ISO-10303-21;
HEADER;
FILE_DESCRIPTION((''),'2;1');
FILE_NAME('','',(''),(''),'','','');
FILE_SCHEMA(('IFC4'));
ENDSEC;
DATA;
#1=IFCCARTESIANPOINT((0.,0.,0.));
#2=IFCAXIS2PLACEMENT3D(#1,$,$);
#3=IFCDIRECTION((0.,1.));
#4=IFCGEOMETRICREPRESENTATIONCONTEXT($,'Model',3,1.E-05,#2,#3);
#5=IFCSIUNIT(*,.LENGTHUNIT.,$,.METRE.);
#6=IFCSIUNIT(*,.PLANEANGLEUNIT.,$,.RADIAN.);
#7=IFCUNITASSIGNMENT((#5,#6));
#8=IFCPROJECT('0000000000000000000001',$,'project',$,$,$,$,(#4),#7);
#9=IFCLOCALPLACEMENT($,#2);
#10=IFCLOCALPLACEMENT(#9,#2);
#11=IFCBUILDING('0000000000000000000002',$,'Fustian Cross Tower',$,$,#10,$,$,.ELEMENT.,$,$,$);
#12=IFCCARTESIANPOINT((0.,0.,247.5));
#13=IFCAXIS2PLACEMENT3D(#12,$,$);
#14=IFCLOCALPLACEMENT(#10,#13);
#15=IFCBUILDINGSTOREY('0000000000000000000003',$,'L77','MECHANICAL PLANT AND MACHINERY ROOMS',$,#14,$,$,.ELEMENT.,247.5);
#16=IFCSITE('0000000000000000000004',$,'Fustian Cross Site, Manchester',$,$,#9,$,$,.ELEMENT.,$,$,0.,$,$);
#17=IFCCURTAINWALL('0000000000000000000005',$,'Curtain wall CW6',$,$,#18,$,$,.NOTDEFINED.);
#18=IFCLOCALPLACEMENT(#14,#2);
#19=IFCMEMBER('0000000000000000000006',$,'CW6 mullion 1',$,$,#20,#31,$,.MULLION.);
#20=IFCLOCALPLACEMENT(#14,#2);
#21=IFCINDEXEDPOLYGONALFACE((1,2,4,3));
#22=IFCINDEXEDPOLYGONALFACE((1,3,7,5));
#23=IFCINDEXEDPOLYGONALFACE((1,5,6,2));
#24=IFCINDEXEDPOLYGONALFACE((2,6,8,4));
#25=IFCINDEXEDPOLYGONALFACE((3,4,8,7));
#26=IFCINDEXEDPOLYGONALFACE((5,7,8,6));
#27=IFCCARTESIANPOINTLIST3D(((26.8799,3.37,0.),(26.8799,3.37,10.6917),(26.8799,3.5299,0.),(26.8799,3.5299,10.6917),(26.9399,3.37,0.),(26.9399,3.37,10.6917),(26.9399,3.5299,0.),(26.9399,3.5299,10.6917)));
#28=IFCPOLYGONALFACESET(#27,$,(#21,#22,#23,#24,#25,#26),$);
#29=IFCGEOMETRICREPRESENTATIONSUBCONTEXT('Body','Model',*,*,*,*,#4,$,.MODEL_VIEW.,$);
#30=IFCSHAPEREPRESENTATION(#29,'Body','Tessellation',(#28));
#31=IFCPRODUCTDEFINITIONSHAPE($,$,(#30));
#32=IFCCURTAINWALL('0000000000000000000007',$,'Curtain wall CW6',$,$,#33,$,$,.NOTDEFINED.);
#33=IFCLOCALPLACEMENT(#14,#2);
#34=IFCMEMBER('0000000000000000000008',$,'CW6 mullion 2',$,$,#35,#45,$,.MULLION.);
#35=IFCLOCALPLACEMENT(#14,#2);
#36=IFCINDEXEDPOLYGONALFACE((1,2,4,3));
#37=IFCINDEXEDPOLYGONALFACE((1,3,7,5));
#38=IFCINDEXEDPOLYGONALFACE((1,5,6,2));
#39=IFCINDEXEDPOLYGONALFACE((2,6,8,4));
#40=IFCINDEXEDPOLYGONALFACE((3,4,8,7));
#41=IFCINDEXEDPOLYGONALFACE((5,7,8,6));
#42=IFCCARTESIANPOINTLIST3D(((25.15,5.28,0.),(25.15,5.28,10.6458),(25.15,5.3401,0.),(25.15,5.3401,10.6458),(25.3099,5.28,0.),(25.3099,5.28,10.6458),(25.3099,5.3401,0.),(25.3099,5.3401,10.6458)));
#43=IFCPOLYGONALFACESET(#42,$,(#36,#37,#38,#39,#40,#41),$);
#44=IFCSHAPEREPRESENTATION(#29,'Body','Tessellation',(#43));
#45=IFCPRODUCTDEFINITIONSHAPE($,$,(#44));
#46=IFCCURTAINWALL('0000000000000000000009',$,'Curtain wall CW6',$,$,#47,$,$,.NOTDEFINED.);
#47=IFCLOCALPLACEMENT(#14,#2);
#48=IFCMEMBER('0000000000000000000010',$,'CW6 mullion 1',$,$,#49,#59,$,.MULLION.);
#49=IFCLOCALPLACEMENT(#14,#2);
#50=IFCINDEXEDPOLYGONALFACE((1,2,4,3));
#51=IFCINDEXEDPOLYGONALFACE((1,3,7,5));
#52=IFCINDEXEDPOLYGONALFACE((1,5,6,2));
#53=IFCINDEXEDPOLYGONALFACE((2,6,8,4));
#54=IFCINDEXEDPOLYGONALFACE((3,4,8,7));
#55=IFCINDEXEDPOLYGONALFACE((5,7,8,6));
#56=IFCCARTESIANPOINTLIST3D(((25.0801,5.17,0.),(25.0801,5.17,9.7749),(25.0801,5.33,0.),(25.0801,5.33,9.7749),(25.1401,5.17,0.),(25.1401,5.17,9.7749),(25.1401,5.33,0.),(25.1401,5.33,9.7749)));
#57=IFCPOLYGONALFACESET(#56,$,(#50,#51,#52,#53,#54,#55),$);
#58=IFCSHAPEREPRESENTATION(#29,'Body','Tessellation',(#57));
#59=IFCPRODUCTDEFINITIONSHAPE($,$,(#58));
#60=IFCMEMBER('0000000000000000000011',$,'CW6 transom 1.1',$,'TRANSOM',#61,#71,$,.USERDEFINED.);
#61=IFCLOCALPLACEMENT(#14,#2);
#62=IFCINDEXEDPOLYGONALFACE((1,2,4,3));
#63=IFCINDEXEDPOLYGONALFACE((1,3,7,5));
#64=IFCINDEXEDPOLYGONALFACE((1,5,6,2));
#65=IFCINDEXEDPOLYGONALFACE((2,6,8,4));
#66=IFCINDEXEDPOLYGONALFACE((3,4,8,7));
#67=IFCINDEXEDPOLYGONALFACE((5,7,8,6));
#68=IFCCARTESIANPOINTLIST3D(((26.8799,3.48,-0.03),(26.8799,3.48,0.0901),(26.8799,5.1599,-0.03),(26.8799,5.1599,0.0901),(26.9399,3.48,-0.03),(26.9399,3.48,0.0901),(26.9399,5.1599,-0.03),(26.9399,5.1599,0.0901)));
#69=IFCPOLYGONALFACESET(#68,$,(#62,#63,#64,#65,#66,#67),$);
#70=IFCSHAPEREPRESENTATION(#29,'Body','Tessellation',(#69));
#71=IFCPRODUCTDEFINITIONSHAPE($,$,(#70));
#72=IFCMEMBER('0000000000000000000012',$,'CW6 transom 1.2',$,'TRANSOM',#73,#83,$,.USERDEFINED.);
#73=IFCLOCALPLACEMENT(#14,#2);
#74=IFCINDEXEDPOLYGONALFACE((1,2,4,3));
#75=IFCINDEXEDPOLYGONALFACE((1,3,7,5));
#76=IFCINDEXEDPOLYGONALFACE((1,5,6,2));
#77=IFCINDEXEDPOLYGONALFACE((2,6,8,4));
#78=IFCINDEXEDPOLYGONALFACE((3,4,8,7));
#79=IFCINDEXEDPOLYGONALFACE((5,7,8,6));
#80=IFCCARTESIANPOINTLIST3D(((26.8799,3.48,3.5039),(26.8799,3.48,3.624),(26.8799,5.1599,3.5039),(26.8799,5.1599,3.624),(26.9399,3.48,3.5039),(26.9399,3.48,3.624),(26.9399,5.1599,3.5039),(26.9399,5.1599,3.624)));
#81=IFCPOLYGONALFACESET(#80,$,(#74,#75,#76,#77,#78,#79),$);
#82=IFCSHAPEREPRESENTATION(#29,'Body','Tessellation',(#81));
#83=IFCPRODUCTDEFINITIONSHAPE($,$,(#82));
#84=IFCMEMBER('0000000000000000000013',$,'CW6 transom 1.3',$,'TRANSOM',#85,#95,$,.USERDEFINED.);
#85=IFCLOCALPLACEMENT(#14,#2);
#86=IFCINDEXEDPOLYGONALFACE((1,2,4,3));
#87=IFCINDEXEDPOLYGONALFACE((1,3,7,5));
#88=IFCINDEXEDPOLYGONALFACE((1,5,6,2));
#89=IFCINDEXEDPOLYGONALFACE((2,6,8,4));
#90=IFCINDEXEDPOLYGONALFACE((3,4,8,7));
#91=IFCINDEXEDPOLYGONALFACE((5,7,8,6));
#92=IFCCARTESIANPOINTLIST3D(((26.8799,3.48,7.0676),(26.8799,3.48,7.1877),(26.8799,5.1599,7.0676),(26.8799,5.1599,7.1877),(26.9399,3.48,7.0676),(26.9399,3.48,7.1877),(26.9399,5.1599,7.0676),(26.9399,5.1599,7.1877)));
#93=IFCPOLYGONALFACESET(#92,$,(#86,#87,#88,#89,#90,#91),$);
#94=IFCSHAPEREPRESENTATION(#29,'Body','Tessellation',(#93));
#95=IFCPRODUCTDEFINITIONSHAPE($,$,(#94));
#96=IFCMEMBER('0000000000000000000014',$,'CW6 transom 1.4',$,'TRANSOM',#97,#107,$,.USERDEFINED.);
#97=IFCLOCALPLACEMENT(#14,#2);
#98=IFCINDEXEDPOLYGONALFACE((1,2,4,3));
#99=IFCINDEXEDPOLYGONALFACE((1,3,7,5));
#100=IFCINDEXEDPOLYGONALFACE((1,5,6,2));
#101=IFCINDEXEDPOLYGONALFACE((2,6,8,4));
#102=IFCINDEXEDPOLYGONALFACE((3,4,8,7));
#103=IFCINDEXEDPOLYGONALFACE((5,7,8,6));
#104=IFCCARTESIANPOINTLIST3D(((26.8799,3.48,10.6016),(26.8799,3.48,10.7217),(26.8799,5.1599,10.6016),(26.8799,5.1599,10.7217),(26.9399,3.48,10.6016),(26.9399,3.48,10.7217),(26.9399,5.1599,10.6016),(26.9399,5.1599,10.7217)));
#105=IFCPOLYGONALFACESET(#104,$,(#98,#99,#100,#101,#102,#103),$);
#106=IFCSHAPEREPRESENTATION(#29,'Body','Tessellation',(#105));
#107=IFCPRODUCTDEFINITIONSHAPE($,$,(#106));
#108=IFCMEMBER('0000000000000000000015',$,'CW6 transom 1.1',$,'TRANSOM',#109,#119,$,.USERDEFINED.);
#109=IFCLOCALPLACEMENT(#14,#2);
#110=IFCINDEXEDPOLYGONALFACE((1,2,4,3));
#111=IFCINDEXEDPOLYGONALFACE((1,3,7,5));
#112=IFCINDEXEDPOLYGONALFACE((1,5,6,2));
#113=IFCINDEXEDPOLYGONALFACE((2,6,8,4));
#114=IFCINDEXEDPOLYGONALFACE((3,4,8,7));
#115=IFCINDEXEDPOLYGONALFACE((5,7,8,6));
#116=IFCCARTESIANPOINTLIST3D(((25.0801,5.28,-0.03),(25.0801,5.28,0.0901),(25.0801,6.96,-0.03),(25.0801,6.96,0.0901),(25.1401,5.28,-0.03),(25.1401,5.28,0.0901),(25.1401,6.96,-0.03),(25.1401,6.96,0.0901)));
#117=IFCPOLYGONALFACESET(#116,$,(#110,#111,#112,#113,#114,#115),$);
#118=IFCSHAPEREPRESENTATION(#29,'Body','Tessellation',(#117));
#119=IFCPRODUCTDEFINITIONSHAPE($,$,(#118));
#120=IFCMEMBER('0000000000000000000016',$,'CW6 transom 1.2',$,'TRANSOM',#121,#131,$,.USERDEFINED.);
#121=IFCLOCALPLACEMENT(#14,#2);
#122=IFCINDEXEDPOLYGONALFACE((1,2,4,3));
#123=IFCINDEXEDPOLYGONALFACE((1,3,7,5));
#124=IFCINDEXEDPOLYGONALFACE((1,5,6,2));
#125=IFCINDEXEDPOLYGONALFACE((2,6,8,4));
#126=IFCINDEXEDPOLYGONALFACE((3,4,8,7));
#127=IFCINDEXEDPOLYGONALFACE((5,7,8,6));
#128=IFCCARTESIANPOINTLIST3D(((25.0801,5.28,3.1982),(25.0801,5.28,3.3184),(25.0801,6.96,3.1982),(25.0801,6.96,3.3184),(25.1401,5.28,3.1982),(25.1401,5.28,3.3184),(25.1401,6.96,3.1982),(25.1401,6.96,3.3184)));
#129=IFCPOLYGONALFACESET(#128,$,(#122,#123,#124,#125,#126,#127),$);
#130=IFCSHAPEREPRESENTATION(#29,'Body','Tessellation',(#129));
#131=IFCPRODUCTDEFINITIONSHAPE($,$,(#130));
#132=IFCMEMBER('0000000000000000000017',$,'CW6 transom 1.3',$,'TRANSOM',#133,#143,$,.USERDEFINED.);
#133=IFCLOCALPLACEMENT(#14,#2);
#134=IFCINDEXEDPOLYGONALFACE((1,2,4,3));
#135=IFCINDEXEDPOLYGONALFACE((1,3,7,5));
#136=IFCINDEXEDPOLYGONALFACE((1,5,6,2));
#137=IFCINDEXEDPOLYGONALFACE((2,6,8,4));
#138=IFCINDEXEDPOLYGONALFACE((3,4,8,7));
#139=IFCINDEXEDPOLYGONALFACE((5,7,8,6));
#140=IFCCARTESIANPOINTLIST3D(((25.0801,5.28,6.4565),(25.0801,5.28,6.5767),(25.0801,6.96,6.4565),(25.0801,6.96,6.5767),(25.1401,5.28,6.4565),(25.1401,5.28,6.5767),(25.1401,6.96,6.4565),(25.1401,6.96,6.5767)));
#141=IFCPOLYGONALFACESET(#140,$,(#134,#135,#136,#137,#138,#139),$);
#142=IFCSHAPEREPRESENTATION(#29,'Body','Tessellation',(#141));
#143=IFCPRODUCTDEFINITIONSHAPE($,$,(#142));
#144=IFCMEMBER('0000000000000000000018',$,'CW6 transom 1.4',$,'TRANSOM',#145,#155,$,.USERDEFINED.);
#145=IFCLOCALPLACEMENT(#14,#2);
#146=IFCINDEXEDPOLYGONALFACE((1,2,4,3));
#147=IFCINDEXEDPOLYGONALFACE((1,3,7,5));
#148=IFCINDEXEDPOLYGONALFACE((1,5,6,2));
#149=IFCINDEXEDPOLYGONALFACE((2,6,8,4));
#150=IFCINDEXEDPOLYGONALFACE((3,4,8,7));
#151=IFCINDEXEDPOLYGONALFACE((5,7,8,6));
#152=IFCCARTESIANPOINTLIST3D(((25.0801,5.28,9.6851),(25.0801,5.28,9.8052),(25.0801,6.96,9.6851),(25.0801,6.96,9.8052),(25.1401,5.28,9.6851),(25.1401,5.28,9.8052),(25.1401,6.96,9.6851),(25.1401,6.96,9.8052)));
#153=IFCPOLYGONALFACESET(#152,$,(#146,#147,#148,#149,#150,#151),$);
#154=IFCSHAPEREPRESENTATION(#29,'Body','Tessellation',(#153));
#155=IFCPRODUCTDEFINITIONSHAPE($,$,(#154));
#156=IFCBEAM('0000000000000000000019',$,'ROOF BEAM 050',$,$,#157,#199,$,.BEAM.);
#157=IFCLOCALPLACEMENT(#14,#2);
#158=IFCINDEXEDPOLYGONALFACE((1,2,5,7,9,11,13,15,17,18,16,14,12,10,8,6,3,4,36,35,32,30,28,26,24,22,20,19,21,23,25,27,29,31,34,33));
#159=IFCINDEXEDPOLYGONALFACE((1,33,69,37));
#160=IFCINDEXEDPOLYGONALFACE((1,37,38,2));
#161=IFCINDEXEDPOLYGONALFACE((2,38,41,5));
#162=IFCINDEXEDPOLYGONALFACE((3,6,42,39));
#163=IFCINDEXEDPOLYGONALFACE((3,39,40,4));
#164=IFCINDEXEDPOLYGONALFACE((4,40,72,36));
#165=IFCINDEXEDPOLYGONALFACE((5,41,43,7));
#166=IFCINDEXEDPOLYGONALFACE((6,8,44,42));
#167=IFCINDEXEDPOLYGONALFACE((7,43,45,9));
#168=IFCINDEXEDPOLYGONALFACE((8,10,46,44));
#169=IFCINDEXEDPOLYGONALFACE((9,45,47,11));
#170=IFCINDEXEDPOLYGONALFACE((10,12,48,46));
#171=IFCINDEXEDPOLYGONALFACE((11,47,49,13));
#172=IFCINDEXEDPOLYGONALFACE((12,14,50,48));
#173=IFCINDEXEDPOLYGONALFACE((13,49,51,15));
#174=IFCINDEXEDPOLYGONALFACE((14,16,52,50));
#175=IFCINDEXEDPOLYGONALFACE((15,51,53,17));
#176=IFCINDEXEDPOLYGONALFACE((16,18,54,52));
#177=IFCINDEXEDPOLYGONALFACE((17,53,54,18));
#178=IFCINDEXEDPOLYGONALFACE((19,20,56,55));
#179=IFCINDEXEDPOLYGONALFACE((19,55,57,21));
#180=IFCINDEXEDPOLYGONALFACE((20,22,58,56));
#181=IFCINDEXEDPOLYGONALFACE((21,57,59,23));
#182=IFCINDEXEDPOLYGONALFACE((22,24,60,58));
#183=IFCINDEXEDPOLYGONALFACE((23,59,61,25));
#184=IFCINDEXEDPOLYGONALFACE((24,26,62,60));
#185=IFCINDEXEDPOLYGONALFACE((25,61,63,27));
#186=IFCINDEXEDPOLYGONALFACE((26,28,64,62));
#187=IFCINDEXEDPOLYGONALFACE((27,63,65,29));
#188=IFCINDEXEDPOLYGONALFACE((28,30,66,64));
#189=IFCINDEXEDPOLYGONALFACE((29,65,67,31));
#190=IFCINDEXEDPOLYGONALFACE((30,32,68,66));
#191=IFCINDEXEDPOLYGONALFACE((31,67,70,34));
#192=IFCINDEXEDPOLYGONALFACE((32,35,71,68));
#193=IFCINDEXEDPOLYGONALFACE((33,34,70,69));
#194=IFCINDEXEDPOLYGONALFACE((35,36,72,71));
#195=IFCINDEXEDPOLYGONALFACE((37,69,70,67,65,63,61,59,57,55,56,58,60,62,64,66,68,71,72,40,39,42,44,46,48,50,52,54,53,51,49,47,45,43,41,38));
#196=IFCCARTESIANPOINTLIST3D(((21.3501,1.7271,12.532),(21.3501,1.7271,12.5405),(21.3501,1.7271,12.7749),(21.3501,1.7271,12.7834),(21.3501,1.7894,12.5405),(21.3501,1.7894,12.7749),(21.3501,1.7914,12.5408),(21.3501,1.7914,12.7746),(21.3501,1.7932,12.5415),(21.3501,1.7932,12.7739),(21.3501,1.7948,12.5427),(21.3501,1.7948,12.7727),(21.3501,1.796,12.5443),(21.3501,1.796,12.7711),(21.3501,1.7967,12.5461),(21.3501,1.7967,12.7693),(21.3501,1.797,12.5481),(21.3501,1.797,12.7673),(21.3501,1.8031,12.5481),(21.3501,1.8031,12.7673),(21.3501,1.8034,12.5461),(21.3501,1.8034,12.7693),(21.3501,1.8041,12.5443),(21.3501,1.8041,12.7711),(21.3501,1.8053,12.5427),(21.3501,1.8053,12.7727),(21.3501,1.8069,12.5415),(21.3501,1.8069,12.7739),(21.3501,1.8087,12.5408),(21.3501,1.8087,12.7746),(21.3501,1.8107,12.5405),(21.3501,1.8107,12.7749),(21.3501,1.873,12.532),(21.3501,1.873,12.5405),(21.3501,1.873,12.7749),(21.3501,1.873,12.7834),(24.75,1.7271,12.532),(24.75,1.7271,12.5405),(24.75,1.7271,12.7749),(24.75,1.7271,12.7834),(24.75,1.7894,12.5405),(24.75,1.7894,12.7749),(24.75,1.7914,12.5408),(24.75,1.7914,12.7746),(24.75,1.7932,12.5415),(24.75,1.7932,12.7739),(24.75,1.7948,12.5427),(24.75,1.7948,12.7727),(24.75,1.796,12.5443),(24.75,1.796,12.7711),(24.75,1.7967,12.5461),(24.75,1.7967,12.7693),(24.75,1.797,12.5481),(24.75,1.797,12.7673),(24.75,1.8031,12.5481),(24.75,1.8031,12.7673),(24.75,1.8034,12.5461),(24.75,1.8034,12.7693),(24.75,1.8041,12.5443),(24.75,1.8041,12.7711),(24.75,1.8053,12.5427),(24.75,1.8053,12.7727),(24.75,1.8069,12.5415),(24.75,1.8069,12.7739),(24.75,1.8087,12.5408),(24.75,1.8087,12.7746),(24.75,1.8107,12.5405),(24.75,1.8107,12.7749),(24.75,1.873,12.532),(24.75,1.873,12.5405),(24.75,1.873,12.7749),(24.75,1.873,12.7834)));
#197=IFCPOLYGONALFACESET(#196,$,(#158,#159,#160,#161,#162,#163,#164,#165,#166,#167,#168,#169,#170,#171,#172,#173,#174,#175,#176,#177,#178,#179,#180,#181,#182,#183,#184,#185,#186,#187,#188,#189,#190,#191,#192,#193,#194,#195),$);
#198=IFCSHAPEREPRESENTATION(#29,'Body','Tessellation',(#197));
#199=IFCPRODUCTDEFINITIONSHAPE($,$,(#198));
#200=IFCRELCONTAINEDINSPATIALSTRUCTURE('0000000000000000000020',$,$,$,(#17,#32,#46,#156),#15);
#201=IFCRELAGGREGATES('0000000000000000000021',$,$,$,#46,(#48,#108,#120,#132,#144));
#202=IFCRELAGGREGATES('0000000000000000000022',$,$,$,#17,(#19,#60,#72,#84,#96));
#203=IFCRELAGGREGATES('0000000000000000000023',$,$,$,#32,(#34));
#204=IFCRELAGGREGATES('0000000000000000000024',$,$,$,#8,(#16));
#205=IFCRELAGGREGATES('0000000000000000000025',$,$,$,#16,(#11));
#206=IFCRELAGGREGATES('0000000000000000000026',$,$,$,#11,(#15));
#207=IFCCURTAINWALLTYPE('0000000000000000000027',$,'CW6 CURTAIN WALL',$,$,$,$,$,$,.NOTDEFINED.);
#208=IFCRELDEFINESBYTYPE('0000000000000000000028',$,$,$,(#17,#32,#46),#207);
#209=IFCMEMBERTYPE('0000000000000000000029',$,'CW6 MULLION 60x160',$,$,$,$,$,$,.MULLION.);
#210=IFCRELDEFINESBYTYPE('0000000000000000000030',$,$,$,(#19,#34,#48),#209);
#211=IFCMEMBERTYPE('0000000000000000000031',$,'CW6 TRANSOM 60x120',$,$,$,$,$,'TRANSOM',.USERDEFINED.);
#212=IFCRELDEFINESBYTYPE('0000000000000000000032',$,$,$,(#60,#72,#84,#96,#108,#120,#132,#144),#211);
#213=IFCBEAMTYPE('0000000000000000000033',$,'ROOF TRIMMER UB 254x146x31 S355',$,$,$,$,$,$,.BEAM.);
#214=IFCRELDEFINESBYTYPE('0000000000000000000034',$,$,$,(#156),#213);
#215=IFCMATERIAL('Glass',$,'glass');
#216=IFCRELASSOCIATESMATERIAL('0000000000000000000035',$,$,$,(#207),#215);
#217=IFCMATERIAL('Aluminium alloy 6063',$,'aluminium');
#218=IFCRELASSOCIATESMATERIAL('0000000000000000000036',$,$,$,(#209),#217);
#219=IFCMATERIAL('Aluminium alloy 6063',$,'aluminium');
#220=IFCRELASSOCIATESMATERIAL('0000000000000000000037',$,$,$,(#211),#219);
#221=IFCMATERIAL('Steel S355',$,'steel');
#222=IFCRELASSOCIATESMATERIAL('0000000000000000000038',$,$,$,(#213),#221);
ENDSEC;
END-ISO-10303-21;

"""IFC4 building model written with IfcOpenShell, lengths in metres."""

from ifc_helpers import new_model, si_unit, direction, frame, origin, origin_2d, place, context, subcontext, project, spatial, rectangle, i_section, extrude, material, material_profile, profile_set, type_object, element, aggregate, save


model = new_model("IFC4")

# Units and contexts
model_context = context("Model", 3, precision=1e-05, world=origin(), true_north=direction((0.0, 1.0)))
body_context = subcontext(model_context, "Body", "Model", "MODEL_VIEW")
ifc_project = project(units=[si_unit("LENGTHUNIT", "METRE"), si_unit("PLANEANGLEUNIT", "RADIAN")], contexts=[model_context])

# Site, building, storey
site_placement = place(None, origin())
site = spatial("IfcSite", under=ifc_project, at=site_placement, Name="Fustian Cross Site, Manchester", CompositionType="ELEMENT", RefElevation=0.0)
building_placement = place(site_placement, origin())
building = spatial("IfcBuilding", under=site, at=building_placement, Name="Fustian Cross Tower", CompositionType="ELEMENT")
storey_placement = place(building_placement, frame((0.0, 0.0, 247.5)))
storey = spatial("IfcBuildingStorey", under=building, at=storey_placement, Name="L77", Description="MECHANICAL PLANT AND MACHINERY ROOMS", CompositionType="ELEMENT", Elevation=247.5)

# Curtain walls, members
ifc_material_1 = material(Name="Glass", Category="glass")
curtain_wall_type = type_object("IfcCurtainWallType", Name="CW6 CURTAIN WALL", PredefinedType="NOTDEFINED", material=ifc_material_1)
curtain_wall_1_placement = place(storey_placement, origin())
curtain_wall_1 = element("IfcCurtainWall", 1, at=curtain_wall_1_placement, inside=storey, type_object=curtain_wall_type, Name="Curtain wall CW6", PredefinedType="NOTDEFINED")
ifc_material_2 = material(Name="Aluminium alloy 6063", Category="aluminium")
ifc_material_profile_1 = material_profile(ifc_material_2, rectangle(XDim=0.0601, YDim=0.1599, at=origin_2d()), Name="CW6 MULLION 60x160")
ifc_profile_set_1 = profile_set([ifc_material_profile_1], Name="Aluminium alloy 6063")
member_type_1 = type_object("IfcMemberType", Name="CW6 MULLION 60x160", PredefinedType="MULLION", material=ifc_profile_set_1)
member_1_placement = place(storey_placement, frame((26.9099, 3.45, 0.0), z_axis=(0.0, 0.0, 1.0), x_axis=(-1.0, 0.0, 0.0)))
member_1 = element("IfcMember", 2, at=member_1_placement, type_object=member_type_1, Name="CW6 mullion 1", PredefinedType="MULLION", context=body_context, shape_type="SweptSolid", body=[
    extrude(rectangle(XDim=0.0601, YDim=0.1599, at=origin_2d()), origin(), (0.0, 0.0, 1.0), 10.6917),
])
curtain_wall_2_placement = place(storey_placement, origin())
curtain_wall_2 = element("IfcCurtainWall", 3, at=curtain_wall_2_placement, inside=storey, type_object=curtain_wall_type, Name="Curtain wall CW6", PredefinedType="NOTDEFINED")
member_2_placement = place(storey_placement, frame((25.23, 5.3101, 0.0), z_axis=(0.0, 0.0, 1.0), x_axis=(0.0, -1.0, 0.0)))
member_2 = element("IfcMember", 4, at=member_2_placement, type_object=member_type_1, Name="CW6 mullion 2", PredefinedType="MULLION", context=body_context, shape_type="SweptSolid", body=[
    extrude(rectangle(XDim=0.0601, YDim=0.1599, at=origin_2d()), origin(), (0.0, 0.0, 1.0), 10.6458),
])
curtain_wall_3_placement = place(storey_placement, origin())
curtain_wall_3 = element("IfcCurtainWall", 5, at=curtain_wall_3_placement, inside=storey, type_object=curtain_wall_type, Name="Curtain wall CW6", PredefinedType="NOTDEFINED")
member_3_placement = place(storey_placement, frame((25.1101, 5.25, 0.0), z_axis=(0.0, 0.0, 1.0), x_axis=(-1.0, 0.0, 0.0)))
member_3 = element("IfcMember", 6, at=member_3_placement, type_object=member_type_1, Name="CW6 mullion 1", PredefinedType="MULLION", context=body_context, shape_type="SweptSolid", body=[
    extrude(rectangle(XDim=0.0601, YDim=0.1599, at=origin_2d()), origin(), (0.0, 0.0, 1.0), 9.7749),
])

# Members
ifc_material_3 = material(Name="Aluminium alloy 6063", Category="aluminium")
ifc_material_profile_2 = material_profile(ifc_material_3, rectangle(XDim=0.0601, YDim=0.1201, at=origin_2d()), Name="CW6 TRANSOM 60x120")
ifc_profile_set_2 = profile_set([ifc_material_profile_2], Name="Aluminium alloy 6063")
member_type_2 = type_object("IfcMemberType", Name="CW6 TRANSOM 60x120", ElementType="TRANSOM", PredefinedType="USERDEFINED", material=ifc_profile_set_2)
member_4_placement = place(storey_placement, frame((26.9099, 3.48, 0.03), z_axis=(0.0, 1.0, 0.0), x_axis=(-1.0, 0.0, 0.0)))
member_4 = element("IfcMember", 7, at=member_4_placement, type_object=member_type_2, Name="CW6 transom 1.1", ObjectType="TRANSOM", PredefinedType="USERDEFINED", context=body_context, shape_type="SweptSolid", body=[
    extrude(rectangle(XDim=0.0601, YDim=0.1201, at=origin_2d()), origin(), (0.0, 0.0, 1.0), 1.6799),
])
member_5_placement = place(storey_placement, frame((26.9099, 3.48, 3.564), z_axis=(0.0, 1.0, 0.0), x_axis=(-1.0, 0.0, 0.0)))
member_5 = element("IfcMember", 8, at=member_5_placement, type_object=member_type_2, Name="CW6 transom 1.2", ObjectType="TRANSOM", PredefinedType="USERDEFINED", context=body_context, shape_type="SweptSolid", body=[
    extrude(rectangle(XDim=0.0601, YDim=0.1201, at=origin_2d()), origin(), (0.0, 0.0, 1.0), 1.6799),
])
member_6_placement = place(storey_placement, frame((26.9099, 3.48, 7.1277), z_axis=(0.0, 1.0, 0.0), x_axis=(-1.0, 0.0, 0.0)))
member_6 = element("IfcMember", 9, at=member_6_placement, type_object=member_type_2, Name="CW6 transom 1.3", ObjectType="TRANSOM", PredefinedType="USERDEFINED", context=body_context, shape_type="SweptSolid", body=[
    extrude(rectangle(XDim=0.0601, YDim=0.1201, at=origin_2d()), origin(), (0.0, 0.0, 1.0), 1.6799),
])
member_7_placement = place(storey_placement, frame((26.9099, 3.48, 10.6616), z_axis=(0.0, 1.0, 0.0), x_axis=(-1.0, 0.0, 0.0)))
member_7 = element("IfcMember", 10, at=member_7_placement, type_object=member_type_2, Name="CW6 transom 1.4", ObjectType="TRANSOM", PredefinedType="USERDEFINED", context=body_context, shape_type="SweptSolid", body=[
    extrude(rectangle(XDim=0.0601, YDim=0.1201, at=origin_2d()), origin(), (0.0, 0.0, 1.0), 1.6799),
])
member_8_placement = place(storey_placement, frame((25.1101, 5.28, 0.03), z_axis=(0.0, 1.0, 0.0), x_axis=(-1.0, 0.0, 0.0)))
member_8 = element("IfcMember", 11, at=member_8_placement, type_object=member_type_2, Name="CW6 transom 1.1", ObjectType="TRANSOM", PredefinedType="USERDEFINED", context=body_context, shape_type="SweptSolid", body=[
    extrude(rectangle(XDim=0.0601, YDim=0.1201, at=origin_2d()), origin(), (0.0, 0.0, 1.0), 1.6799),
])
member_9_placement = place(storey_placement, frame((25.1101, 5.28, 3.2583), z_axis=(0.0, 1.0, 0.0), x_axis=(-1.0, 0.0, 0.0)))
member_9 = element("IfcMember", 12, at=member_9_placement, type_object=member_type_2, Name="CW6 transom 1.2", ObjectType="TRANSOM", PredefinedType="USERDEFINED", context=body_context, shape_type="SweptSolid", body=[
    extrude(rectangle(XDim=0.0601, YDim=0.1201, at=origin_2d()), origin(), (0.0, 0.0, 1.0), 1.6799),
])
member_10_placement = place(storey_placement, frame((25.1101, 5.28, 6.5166), z_axis=(0.0, 1.0, 0.0), x_axis=(-1.0, 0.0, 0.0)))
member_10 = element("IfcMember", 13, at=member_10_placement, type_object=member_type_2, Name="CW6 transom 1.3", ObjectType="TRANSOM", PredefinedType="USERDEFINED", context=body_context, shape_type="SweptSolid", body=[
    extrude(rectangle(XDim=0.0601, YDim=0.1201, at=origin_2d()), origin(), (0.0, 0.0, 1.0), 1.6799),
])
member_11_placement = place(storey_placement, frame((25.1101, 5.28, 9.7451), z_axis=(0.0, 1.0, 0.0), x_axis=(-1.0, 0.0, 0.0)))
member_11 = element("IfcMember", 14, at=member_11_placement, type_object=member_type_2, Name="CW6 transom 1.4", ObjectType="TRANSOM", PredefinedType="USERDEFINED", context=body_context, shape_type="SweptSolid", body=[
    extrude(rectangle(XDim=0.0601, YDim=0.1201, at=origin_2d()), origin(), (0.0, 0.0, 1.0), 1.6799),
])
aggregate(curtain_wall_3, [member_3, member_8, member_9, member_10, member_11])

# Beam
ifc_material_4 = material(Name="Steel S355", Category="steel")
ifc_material_profile_3 = material_profile(ifc_material_4, i_section(OverallWidth=0.146, OverallDepth=0.2515, WebThickness=0.0061, FlangeThickness=0.0085, FilletRadius=0.0076, at=origin_2d()), Name="UB 254x146x31")
ifc_profile_set_3 = profile_set([ifc_material_profile_3], Name="Steel S355")
beam_type = type_object("IfcBeamType", Name="ROOF TRIMMER UB 254x146x31 S355", PredefinedType="BEAM", material=ifc_profile_set_3)
beam_placement = place(storey_placement, frame((21.3501, 1.8, 12.6577), z_axis=(1.0, 0.0, 0.0), x_axis=(0.0, 1.0, 0.0)))
element("IfcBeam", 15, at=beam_placement, inside=storey, type_object=beam_type, Name="ROOF BEAM 050", PredefinedType="BEAM", context=body_context, shape_type="SweptSolid", body=[
    extrude(i_section(OverallWidth=0.146, OverallDepth=0.2515, WebThickness=0.0061, FlangeThickness=0.0085, FilletRadius=0.0076, at=origin_2d()), origin(), (0.0, 0.0, 1.0), 3.3999),
])

aggregate(curtain_wall_1, [member_1, member_4, member_5, member_6, member_7])
aggregate(curtain_wall_2, [member_2])

save(model, "model.ifc")
